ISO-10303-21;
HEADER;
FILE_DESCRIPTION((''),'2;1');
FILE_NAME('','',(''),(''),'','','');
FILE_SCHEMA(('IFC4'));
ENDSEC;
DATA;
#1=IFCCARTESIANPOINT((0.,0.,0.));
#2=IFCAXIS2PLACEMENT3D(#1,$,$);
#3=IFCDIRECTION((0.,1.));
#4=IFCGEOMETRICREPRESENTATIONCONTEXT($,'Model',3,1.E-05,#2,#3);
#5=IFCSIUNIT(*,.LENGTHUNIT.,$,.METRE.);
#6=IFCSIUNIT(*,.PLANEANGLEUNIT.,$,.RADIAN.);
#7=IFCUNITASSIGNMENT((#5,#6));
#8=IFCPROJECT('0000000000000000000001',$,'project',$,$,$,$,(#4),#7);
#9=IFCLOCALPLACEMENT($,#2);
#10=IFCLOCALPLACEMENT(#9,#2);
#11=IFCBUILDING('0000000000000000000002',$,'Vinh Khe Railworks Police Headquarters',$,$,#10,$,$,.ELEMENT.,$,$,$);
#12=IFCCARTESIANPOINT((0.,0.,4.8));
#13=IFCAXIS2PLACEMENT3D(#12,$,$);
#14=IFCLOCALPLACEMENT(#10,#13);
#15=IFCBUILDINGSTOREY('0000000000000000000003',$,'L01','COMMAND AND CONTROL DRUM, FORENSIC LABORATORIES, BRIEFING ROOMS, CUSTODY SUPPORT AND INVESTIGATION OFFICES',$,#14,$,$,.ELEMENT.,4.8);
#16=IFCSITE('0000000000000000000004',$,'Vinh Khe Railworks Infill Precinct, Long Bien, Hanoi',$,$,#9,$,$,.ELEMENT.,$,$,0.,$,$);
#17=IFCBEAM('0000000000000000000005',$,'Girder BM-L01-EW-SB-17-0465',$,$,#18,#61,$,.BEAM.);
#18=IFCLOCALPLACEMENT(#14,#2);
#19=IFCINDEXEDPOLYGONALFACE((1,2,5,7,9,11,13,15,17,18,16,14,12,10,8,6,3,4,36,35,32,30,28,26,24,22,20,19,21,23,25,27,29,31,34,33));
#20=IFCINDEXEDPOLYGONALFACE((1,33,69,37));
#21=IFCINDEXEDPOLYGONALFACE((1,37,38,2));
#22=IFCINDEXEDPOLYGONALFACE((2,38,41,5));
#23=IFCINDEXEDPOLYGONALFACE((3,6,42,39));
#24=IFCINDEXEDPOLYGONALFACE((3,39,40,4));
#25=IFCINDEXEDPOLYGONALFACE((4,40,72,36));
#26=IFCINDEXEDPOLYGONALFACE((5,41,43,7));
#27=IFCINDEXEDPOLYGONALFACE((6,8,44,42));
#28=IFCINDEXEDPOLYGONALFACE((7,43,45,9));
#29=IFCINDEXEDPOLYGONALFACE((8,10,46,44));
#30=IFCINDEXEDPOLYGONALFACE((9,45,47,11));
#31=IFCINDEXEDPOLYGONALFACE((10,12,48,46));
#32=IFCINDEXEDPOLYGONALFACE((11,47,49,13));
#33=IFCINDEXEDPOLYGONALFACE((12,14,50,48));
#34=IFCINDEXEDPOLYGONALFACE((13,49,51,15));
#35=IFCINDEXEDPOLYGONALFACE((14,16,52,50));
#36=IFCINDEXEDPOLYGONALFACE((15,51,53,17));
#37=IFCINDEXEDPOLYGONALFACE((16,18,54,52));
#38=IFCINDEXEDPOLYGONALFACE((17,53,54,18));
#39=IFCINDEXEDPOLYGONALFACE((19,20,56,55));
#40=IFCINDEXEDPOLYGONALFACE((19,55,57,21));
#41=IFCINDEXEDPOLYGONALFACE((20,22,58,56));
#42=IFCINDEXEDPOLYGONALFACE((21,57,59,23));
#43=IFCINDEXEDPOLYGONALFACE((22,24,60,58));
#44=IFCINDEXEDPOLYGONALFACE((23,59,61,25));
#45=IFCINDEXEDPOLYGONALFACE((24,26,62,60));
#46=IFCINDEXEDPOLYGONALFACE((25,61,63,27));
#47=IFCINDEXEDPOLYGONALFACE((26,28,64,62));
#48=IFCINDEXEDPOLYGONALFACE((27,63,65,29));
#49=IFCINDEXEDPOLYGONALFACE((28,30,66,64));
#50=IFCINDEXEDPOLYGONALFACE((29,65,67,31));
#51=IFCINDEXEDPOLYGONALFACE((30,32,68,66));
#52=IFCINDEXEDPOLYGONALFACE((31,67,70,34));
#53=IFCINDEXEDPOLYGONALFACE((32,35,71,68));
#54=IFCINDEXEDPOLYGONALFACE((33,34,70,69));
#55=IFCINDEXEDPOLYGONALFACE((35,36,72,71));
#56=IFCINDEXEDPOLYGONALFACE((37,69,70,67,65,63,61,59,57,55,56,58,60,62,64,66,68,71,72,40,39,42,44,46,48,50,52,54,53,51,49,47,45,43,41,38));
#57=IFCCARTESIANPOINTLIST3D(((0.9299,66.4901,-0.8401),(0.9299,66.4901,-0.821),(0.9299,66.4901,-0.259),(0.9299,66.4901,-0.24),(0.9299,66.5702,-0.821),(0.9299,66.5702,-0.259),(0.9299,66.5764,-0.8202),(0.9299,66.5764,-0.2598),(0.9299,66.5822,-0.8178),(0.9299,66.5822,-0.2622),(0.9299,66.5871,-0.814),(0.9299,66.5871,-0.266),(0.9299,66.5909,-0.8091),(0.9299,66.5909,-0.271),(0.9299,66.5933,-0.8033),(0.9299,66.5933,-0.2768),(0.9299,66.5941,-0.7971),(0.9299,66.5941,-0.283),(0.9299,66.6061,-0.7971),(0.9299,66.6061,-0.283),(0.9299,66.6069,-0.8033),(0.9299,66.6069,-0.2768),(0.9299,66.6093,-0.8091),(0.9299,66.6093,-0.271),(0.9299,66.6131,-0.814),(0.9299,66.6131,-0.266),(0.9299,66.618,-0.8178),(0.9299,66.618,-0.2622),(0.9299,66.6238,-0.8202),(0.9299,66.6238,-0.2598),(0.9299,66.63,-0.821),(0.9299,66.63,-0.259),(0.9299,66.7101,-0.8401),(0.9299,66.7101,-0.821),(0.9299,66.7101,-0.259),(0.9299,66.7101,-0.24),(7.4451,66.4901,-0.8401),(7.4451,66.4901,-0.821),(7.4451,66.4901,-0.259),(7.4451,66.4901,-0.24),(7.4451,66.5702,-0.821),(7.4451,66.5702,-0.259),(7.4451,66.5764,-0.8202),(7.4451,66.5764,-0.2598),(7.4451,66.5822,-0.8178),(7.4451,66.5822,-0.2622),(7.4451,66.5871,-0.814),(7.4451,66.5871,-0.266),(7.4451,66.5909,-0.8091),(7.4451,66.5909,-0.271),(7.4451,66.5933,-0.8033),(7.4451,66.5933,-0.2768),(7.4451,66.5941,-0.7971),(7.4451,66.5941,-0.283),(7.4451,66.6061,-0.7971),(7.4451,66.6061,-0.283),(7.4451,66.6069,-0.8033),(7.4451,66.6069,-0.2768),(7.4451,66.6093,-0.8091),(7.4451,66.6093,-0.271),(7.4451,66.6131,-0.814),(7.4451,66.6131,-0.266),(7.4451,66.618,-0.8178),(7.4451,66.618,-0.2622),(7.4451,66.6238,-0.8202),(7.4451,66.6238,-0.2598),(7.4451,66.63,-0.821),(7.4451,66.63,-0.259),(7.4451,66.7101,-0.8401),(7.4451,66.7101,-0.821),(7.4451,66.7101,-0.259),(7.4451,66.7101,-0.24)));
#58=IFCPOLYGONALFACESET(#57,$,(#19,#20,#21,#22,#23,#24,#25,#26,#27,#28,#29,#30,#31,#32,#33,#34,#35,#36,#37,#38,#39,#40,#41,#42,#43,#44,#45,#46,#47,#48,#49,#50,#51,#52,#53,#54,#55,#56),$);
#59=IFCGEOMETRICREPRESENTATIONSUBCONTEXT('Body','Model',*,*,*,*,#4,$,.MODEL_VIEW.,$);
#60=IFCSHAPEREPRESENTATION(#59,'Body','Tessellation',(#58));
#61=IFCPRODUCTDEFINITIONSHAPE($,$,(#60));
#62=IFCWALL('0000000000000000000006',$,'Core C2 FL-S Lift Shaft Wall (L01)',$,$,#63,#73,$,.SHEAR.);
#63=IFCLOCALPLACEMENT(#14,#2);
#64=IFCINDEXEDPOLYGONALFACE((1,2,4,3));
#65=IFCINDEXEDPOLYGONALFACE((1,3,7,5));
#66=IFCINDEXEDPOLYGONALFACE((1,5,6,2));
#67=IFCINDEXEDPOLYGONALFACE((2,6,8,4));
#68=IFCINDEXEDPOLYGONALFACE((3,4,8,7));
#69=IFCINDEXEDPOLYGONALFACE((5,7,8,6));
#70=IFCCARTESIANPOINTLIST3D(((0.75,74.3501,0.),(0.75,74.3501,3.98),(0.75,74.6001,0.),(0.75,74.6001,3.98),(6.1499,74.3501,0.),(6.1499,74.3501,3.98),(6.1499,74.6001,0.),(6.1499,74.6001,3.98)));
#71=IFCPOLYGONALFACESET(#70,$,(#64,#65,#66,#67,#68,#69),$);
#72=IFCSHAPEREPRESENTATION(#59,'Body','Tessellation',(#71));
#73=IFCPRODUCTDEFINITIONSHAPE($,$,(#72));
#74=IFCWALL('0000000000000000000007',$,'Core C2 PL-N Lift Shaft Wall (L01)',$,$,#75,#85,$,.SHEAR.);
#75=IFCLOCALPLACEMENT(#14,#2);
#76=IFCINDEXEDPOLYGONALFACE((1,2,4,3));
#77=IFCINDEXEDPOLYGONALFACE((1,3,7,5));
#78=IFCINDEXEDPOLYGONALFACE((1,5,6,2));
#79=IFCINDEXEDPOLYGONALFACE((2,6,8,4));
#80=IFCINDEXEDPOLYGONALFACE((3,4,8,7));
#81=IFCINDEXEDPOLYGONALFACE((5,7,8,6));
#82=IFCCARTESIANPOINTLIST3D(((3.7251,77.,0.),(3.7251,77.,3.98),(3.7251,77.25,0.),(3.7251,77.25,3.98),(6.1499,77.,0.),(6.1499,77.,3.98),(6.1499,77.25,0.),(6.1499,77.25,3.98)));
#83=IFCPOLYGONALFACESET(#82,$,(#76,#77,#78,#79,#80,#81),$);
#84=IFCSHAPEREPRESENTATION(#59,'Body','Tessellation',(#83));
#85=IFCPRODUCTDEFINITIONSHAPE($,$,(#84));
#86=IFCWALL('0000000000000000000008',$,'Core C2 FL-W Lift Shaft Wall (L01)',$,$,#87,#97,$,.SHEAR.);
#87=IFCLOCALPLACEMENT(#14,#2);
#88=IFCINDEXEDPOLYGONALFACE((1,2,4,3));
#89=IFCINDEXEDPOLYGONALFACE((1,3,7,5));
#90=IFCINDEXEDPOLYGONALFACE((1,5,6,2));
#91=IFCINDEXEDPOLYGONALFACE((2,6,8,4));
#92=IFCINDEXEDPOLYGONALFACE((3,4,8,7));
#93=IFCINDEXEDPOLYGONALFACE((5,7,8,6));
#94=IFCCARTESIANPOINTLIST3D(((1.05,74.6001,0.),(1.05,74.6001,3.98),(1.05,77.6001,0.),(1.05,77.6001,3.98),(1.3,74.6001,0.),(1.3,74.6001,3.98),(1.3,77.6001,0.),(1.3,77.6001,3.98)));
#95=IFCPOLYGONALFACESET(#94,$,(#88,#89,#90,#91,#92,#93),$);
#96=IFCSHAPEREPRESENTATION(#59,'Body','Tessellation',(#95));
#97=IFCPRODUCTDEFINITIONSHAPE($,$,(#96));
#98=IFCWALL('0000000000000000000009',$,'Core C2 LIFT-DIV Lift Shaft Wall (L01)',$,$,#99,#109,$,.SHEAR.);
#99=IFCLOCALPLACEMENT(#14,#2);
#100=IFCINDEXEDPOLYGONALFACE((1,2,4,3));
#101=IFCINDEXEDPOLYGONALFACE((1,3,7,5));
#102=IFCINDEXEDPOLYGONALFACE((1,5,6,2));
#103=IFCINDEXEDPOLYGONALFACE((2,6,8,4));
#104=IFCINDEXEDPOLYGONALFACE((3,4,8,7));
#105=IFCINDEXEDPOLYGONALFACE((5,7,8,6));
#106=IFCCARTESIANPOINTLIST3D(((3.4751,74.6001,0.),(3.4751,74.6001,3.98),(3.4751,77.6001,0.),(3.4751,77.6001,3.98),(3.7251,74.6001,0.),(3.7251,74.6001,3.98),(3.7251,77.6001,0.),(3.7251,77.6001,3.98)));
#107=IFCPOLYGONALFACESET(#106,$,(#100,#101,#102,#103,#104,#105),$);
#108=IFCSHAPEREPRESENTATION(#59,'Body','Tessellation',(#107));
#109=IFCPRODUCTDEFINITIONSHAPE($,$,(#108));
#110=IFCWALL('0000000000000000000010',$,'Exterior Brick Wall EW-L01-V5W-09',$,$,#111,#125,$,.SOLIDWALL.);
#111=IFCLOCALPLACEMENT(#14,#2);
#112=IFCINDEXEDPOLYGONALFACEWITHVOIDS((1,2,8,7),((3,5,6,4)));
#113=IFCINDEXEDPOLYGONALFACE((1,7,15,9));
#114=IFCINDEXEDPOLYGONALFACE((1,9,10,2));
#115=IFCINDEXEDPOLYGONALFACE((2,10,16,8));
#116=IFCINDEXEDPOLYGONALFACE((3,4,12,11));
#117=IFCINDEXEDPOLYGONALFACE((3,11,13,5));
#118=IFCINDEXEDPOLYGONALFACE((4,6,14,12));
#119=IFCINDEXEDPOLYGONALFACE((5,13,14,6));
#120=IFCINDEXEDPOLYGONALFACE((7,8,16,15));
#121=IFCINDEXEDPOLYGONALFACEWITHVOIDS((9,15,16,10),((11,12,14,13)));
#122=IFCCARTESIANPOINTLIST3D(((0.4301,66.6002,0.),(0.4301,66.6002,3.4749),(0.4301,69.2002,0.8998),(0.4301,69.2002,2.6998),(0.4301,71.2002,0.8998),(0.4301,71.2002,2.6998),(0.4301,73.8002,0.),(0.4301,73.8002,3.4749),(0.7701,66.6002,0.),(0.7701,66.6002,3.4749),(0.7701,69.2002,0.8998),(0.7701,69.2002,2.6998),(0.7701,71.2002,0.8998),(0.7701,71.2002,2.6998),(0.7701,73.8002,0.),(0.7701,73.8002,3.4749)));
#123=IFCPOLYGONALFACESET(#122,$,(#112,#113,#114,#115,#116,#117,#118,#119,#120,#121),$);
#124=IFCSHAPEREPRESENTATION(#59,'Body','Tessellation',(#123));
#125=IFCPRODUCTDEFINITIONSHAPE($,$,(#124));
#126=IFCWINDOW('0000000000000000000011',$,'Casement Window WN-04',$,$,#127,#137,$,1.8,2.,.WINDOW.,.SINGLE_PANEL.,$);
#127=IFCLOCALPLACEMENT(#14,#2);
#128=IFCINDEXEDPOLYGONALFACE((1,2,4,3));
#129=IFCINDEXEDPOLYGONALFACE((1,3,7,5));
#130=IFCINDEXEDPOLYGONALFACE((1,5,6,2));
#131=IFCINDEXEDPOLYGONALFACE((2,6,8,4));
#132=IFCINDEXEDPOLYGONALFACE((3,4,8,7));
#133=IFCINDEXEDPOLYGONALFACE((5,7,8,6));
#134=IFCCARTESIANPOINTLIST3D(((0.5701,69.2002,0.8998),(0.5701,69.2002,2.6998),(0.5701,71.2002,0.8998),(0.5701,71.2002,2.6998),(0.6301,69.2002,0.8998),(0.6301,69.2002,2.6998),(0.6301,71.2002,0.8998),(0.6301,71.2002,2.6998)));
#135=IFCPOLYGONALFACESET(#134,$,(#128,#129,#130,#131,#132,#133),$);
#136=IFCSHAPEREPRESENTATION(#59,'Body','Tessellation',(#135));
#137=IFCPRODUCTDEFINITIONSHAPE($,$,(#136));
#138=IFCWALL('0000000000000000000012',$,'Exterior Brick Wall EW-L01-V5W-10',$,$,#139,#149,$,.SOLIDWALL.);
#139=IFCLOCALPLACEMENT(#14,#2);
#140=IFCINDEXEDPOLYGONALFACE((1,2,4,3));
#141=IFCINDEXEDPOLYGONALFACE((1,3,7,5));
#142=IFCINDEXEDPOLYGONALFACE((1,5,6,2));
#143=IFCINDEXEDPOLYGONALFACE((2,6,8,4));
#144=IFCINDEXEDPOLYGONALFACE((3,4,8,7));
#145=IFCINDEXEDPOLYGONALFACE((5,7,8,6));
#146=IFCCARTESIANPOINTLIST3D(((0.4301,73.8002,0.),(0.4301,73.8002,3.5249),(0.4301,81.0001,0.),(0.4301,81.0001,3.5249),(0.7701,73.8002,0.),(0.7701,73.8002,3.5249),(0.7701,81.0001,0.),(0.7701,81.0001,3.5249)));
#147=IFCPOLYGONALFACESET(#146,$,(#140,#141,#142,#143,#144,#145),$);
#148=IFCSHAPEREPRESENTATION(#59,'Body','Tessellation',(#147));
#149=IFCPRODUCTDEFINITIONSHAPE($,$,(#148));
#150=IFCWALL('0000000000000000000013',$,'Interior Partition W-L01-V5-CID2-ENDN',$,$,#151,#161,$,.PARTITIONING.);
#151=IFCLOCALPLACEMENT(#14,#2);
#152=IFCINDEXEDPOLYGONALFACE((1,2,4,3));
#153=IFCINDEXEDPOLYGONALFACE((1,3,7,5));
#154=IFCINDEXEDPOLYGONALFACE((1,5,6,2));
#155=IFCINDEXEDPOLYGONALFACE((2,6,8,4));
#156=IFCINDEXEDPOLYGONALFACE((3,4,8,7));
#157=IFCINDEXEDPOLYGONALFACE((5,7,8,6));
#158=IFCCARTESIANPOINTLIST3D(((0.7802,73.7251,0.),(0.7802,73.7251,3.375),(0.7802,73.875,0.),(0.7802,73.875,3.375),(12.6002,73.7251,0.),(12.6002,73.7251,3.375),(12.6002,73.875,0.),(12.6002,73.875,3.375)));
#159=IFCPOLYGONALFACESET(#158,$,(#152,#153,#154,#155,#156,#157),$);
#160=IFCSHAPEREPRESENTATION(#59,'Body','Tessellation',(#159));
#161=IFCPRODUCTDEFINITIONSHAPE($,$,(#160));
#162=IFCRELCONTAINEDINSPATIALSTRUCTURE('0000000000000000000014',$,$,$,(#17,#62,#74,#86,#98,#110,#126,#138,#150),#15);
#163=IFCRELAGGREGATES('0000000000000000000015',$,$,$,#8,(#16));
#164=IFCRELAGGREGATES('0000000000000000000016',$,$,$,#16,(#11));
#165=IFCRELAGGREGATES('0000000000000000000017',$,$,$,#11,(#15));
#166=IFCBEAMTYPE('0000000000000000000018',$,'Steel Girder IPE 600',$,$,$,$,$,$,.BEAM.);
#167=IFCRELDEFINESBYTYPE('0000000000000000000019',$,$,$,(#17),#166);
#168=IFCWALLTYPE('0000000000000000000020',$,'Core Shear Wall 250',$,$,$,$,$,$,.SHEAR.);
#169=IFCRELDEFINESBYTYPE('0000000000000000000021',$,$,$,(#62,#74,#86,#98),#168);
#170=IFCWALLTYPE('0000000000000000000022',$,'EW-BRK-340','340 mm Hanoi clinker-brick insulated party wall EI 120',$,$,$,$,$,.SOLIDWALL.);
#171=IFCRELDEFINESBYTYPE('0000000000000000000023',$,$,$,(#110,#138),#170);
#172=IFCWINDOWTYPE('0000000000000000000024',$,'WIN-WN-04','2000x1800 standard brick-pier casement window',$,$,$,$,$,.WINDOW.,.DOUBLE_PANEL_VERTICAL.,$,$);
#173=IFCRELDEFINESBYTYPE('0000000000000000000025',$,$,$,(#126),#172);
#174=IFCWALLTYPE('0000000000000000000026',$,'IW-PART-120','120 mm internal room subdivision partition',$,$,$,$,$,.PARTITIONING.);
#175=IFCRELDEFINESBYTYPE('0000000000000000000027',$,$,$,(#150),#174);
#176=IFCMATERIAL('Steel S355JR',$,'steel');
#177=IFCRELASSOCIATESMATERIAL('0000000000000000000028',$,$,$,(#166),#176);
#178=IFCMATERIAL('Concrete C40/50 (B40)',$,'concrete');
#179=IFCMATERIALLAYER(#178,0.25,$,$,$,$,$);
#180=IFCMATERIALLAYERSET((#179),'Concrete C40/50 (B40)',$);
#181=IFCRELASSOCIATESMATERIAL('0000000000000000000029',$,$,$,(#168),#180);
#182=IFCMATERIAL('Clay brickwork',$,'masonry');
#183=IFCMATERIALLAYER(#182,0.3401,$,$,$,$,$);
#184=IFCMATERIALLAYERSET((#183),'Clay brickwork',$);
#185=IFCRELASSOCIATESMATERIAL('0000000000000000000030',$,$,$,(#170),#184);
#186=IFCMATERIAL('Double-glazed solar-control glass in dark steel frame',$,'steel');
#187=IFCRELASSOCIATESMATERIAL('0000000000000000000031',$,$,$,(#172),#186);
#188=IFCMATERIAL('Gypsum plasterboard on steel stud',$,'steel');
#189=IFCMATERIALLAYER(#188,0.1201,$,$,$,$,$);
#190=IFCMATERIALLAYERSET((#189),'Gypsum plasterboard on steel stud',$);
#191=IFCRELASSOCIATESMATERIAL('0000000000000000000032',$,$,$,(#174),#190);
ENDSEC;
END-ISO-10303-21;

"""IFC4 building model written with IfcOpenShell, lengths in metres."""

from ifc_helpers import new_model, si_unit, direction, frame, frame_2d, origin, origin_2d, place, context, subcontext, project, spatial, rectangle, i_section, extrude, material, layer, layer_set, material_profile, profile_set, type_object, element, fill, save


model = new_model("IFC4")

# Units and contexts
model_context = context("Model", 3, precision=1e-05, world=origin(), true_north=direction((0.0, 1.0)))
body_context = subcontext(model_context, "Body", "Model", "MODEL_VIEW")
ifc_project = project(units=[si_unit("LENGTHUNIT", "METRE"), si_unit("PLANEANGLEUNIT", "RADIAN")], contexts=[model_context])

# Site, building, storey
site_placement = place(None, origin())
site = spatial("IfcSite", under=ifc_project, at=site_placement, Name="Vinh Khe Railworks Infill Precinct, Long Bien, Hanoi", CompositionType="ELEMENT", RefElevation=0.0)
building_placement = place(site_placement, origin())
building = spatial("IfcBuilding", under=site, at=building_placement, Name="Vinh Khe Railworks Police Headquarters", CompositionType="ELEMENT")
storey_placement = place(building_placement, frame((0.0, 0.0, 4.8)))
storey = spatial("IfcBuildingStorey", under=building, at=storey_placement, Name="L01", Description="COMMAND AND CONTROL DRUM, FORENSIC LABORATORIES, BRIEFING ROOMS, CUSTODY SUPPORT AND INVESTIGATION OFFICES", CompositionType="ELEMENT", Elevation=4.8)

# Shared definitions
ifc_material_1 = material(Name="Concrete C40/50 (B40)", Category="concrete")

# Beam
ifc_material_2 = material(Name="Steel S355JR", Category="steel")
ifc_material_profile_1 = material_profile(ifc_material_2, i_section(OverallWidth=0.22, OverallDepth=0.6001, WebThickness=0.012, FlangeThickness=0.019, FilletRadius=0.0239, at=origin_2d()), Name="IPE 600")
ifc_profile_set_1 = profile_set([ifc_material_profile_1], Name="Steel S355JR")
beam_type_1 = type_object("IfcBeamType", Name="Steel Girder IPE 600", PredefinedType="BEAM", material=ifc_profile_set_1)
beam_1_placement = place(storey_placement, frame((0.9299, 66.6001, -0.54), z_axis=(1.0, 0.0, 0.0), x_axis=(0.0, 1.0, 0.0)))
element("IfcBeam", 1, at=beam_1_placement, inside=storey, type_object=beam_type_1, Name="Girder BM-L01-EW-SB-17-0465", PredefinedType="BEAM", context=body_context, shape_type="SweptSolid", body=[
    extrude(i_section(OverallWidth=0.22, OverallDepth=0.6001, WebThickness=0.012, FlangeThickness=0.019, FilletRadius=0.0239, at=origin_2d()), origin(), (0.0, 0.0, 1.0), 6.5151),
])

# Wall
ifc_layer_1 = layer(ifc_material_1, 0.25)
ifc_layer_set_1 = layer_set([ifc_layer_1], Name="Concrete C40/50 (B40)")
wall_type_1 = type_object("IfcWallType", Name="Core Shear Wall 250", PredefinedType="SHEAR", material=ifc_layer_set_1)
wall_1_placement = place(storey_placement, frame((0.75, 74.4751, 0.0), z_axis=(0.0, 0.0, 1.0), x_axis=(1.0, 0.0, 0.0)))
element("IfcWall", 2, at=wall_1_placement, inside=storey, type_object=wall_type_1, Name="Core C2 FL-S Lift Shaft Wall (L01)", PredefinedType="SHEAR", context=body_context, shape_type="SweptSolid", body=[
    extrude(rectangle(XDim=5.3999, YDim=0.25, at=frame_2d((2.7, 0.0))), origin(), (0.0, 0.0, 1.0), 3.98),
])

# Walls
wall_2_placement = place(storey_placement, frame((3.7251, 77.125, 0.0), z_axis=(0.0, 0.0, 1.0), x_axis=(1.0, 0.0, 0.0)))
element("IfcWall", 3, at=wall_2_placement, inside=storey, type_object=wall_type_1, Name="Core C2 PL-N Lift Shaft Wall (L01)", PredefinedType="SHEAR", context=body_context, shape_type="SweptSolid", body=[
    extrude(rectangle(XDim=2.4248, YDim=0.25, at=frame_2d((1.2124, 0.0))), origin(), (0.0, 0.0, 1.0), 3.98),
])
for number, where, z_axis, x_axis, name in (
    (4, (1.175, 74.6001, 0.0), (0.0, 0.0, 1.0), (0.0, 1.0, 0.0), "Core C2 FL-W Lift Shaft Wall (L01)"),
    (5, (3.6001, 74.6001, 0.0), (0.0, 0.0, 1.0), (0.0, 1.0, 0.0), "Core C2 LIFT-DIV Lift Shaft Wall (L01)"),
):
    element("IfcWall", number, at=place(storey_placement, frame(where, z_axis=z_axis, x_axis=x_axis)), inside=storey, type_object=wall_type_1, Name=name, PredefinedType="SHEAR", context=body_context, shape_type="SweptSolid", body=[
        extrude(rectangle(XDim=3.0, YDim=0.25, at=frame_2d((1.5, 0.0))), origin(), (0.0, 0.0, 1.0), 3.98),
    ])

# Wall, opening, window
ifc_material_3 = material(Name="Clay brickwork", Category="masonry")
ifc_layer_2 = layer(ifc_material_3, 0.3401)
ifc_layer_set_2 = layer_set([ifc_layer_2], Name="Clay brickwork")
wall_type_2 = type_object("IfcWallType", Name="EW-BRK-340", Description="340 mm Hanoi clinker-brick insulated party wall EI 120", PredefinedType="SOLIDWALL", material=ifc_layer_set_2)
wall_3_placement = place(storey_placement, frame((0.6001, 66.6001, 0.0), z_axis=(0.0, 0.0, 1.0), x_axis=(0.0, 1.0, 0.0)))
wall_3 = element("IfcWall", 6, at=wall_3_placement, inside=storey, type_object=wall_type_2, Name="Exterior Brick Wall EW-L01-V5W-09", PredefinedType="SOLIDWALL", context=body_context, shape_type="SweptSolid", body=[
    extrude(rectangle(XDim=7.2, YDim=0.3401, at=frame_2d((3.6001, 0.0))), origin(), (0.0, 0.0, 1.0), 3.4749),
])
opening_1_placement = place(wall_3_placement, frame((2.6001, 0.0, 0.8999)))
opening_1 = element("IfcOpeningElement", 7, at=opening_1_placement, cuts=wall_3, PredefinedType="OPENING", context=body_context, shape_type="SweptSolid", body=[
    extrude(rectangle(XDim=2.0, YDim=1.8, at=frame_2d((1.0, 0.8999))), frame((0.0, 0.1851, 0.0), z_axis=(0.0, -1.0, 0.0), x_axis=(1.0, 0.0, 0.0)), (0.0, 0.0, 1.0), 0.3699),
])
ifc_material_4 = material(Name="Double-glazed solar-control glass in dark steel frame", Category="steel")
window_type = type_object("IfcWindowType", Name="WIN-WN-04", Description="2000x1800 standard brick-pier casement window", PartitioningType="DOUBLE_PANEL_VERTICAL", PredefinedType="WINDOW", material=ifc_material_4)
window_placement = place(opening_1_placement, origin())
window = element("IfcWindow", 8, at=window_placement, inside=storey, type_object=window_type, Name="Casement Window WN-04", OverallHeight=1.8, OverallWidth=2.0, PartitioningType="SINGLE_PANEL", PredefinedType="WINDOW", context=body_context, shape_type="SweptSolid", body=[
    extrude(rectangle(XDim=2.0, YDim=1.8, at=frame_2d((1.0, 0.8999))), frame((0.0, 0.03, 0.0), z_axis=(0.0, -1.0, 0.0), x_axis=(1.0, 0.0, 0.0)), (0.0, 0.0, 1.0), 0.0601),
])
fill(opening_1, window)

# Walls
wall_4_placement = place(storey_placement, frame((0.6001, 73.8, 0.0), z_axis=(0.0, 0.0, 1.0), x_axis=(0.0, 1.0, 0.0)))
element("IfcWall", 9, at=wall_4_placement, inside=storey, type_object=wall_type_2, Name="Exterior Brick Wall EW-L01-V5W-10", PredefinedType="SOLIDWALL", context=body_context, shape_type="SweptSolid", body=[
    extrude(rectangle(XDim=7.2, YDim=0.3401, at=frame_2d((3.6001, 0.0))), origin(), (0.0, 0.0, 1.0), 3.5249),
])
ifc_material_5 = material(Name="Gypsum plasterboard on steel stud", Category="steel")
ifc_layer_3 = layer(ifc_material_5, 0.1201)
ifc_layer_set_3 = layer_set([ifc_layer_3], Name="Gypsum plasterboard on steel stud")
wall_type_3 = type_object("IfcWallType", Name="IW-PART-120", Description="120 mm internal room subdivision partition", PredefinedType="PARTITIONING", material=ifc_layer_set_3)
wall_5_placement = place(storey_placement, frame((0.78, 73.8, 0.0), z_axis=(0.0, 0.0, 1.0), x_axis=(1.0, 0.0, 0.0)))
element("IfcWall", 10, at=wall_5_placement, inside=storey, type_object=wall_type_3, Name="Interior Partition W-L01-V5-CID2-ENDN", PredefinedType="PARTITIONING", context=body_context, shape_type="SweptSolid", body=[
    extrude(rectangle(XDim=11.8201, YDim=0.1499, at=frame_2d((5.9102, 0.0))), origin(), (0.0, 0.0, 1.0), 3.375),
])

save(model, "model.ifc")
